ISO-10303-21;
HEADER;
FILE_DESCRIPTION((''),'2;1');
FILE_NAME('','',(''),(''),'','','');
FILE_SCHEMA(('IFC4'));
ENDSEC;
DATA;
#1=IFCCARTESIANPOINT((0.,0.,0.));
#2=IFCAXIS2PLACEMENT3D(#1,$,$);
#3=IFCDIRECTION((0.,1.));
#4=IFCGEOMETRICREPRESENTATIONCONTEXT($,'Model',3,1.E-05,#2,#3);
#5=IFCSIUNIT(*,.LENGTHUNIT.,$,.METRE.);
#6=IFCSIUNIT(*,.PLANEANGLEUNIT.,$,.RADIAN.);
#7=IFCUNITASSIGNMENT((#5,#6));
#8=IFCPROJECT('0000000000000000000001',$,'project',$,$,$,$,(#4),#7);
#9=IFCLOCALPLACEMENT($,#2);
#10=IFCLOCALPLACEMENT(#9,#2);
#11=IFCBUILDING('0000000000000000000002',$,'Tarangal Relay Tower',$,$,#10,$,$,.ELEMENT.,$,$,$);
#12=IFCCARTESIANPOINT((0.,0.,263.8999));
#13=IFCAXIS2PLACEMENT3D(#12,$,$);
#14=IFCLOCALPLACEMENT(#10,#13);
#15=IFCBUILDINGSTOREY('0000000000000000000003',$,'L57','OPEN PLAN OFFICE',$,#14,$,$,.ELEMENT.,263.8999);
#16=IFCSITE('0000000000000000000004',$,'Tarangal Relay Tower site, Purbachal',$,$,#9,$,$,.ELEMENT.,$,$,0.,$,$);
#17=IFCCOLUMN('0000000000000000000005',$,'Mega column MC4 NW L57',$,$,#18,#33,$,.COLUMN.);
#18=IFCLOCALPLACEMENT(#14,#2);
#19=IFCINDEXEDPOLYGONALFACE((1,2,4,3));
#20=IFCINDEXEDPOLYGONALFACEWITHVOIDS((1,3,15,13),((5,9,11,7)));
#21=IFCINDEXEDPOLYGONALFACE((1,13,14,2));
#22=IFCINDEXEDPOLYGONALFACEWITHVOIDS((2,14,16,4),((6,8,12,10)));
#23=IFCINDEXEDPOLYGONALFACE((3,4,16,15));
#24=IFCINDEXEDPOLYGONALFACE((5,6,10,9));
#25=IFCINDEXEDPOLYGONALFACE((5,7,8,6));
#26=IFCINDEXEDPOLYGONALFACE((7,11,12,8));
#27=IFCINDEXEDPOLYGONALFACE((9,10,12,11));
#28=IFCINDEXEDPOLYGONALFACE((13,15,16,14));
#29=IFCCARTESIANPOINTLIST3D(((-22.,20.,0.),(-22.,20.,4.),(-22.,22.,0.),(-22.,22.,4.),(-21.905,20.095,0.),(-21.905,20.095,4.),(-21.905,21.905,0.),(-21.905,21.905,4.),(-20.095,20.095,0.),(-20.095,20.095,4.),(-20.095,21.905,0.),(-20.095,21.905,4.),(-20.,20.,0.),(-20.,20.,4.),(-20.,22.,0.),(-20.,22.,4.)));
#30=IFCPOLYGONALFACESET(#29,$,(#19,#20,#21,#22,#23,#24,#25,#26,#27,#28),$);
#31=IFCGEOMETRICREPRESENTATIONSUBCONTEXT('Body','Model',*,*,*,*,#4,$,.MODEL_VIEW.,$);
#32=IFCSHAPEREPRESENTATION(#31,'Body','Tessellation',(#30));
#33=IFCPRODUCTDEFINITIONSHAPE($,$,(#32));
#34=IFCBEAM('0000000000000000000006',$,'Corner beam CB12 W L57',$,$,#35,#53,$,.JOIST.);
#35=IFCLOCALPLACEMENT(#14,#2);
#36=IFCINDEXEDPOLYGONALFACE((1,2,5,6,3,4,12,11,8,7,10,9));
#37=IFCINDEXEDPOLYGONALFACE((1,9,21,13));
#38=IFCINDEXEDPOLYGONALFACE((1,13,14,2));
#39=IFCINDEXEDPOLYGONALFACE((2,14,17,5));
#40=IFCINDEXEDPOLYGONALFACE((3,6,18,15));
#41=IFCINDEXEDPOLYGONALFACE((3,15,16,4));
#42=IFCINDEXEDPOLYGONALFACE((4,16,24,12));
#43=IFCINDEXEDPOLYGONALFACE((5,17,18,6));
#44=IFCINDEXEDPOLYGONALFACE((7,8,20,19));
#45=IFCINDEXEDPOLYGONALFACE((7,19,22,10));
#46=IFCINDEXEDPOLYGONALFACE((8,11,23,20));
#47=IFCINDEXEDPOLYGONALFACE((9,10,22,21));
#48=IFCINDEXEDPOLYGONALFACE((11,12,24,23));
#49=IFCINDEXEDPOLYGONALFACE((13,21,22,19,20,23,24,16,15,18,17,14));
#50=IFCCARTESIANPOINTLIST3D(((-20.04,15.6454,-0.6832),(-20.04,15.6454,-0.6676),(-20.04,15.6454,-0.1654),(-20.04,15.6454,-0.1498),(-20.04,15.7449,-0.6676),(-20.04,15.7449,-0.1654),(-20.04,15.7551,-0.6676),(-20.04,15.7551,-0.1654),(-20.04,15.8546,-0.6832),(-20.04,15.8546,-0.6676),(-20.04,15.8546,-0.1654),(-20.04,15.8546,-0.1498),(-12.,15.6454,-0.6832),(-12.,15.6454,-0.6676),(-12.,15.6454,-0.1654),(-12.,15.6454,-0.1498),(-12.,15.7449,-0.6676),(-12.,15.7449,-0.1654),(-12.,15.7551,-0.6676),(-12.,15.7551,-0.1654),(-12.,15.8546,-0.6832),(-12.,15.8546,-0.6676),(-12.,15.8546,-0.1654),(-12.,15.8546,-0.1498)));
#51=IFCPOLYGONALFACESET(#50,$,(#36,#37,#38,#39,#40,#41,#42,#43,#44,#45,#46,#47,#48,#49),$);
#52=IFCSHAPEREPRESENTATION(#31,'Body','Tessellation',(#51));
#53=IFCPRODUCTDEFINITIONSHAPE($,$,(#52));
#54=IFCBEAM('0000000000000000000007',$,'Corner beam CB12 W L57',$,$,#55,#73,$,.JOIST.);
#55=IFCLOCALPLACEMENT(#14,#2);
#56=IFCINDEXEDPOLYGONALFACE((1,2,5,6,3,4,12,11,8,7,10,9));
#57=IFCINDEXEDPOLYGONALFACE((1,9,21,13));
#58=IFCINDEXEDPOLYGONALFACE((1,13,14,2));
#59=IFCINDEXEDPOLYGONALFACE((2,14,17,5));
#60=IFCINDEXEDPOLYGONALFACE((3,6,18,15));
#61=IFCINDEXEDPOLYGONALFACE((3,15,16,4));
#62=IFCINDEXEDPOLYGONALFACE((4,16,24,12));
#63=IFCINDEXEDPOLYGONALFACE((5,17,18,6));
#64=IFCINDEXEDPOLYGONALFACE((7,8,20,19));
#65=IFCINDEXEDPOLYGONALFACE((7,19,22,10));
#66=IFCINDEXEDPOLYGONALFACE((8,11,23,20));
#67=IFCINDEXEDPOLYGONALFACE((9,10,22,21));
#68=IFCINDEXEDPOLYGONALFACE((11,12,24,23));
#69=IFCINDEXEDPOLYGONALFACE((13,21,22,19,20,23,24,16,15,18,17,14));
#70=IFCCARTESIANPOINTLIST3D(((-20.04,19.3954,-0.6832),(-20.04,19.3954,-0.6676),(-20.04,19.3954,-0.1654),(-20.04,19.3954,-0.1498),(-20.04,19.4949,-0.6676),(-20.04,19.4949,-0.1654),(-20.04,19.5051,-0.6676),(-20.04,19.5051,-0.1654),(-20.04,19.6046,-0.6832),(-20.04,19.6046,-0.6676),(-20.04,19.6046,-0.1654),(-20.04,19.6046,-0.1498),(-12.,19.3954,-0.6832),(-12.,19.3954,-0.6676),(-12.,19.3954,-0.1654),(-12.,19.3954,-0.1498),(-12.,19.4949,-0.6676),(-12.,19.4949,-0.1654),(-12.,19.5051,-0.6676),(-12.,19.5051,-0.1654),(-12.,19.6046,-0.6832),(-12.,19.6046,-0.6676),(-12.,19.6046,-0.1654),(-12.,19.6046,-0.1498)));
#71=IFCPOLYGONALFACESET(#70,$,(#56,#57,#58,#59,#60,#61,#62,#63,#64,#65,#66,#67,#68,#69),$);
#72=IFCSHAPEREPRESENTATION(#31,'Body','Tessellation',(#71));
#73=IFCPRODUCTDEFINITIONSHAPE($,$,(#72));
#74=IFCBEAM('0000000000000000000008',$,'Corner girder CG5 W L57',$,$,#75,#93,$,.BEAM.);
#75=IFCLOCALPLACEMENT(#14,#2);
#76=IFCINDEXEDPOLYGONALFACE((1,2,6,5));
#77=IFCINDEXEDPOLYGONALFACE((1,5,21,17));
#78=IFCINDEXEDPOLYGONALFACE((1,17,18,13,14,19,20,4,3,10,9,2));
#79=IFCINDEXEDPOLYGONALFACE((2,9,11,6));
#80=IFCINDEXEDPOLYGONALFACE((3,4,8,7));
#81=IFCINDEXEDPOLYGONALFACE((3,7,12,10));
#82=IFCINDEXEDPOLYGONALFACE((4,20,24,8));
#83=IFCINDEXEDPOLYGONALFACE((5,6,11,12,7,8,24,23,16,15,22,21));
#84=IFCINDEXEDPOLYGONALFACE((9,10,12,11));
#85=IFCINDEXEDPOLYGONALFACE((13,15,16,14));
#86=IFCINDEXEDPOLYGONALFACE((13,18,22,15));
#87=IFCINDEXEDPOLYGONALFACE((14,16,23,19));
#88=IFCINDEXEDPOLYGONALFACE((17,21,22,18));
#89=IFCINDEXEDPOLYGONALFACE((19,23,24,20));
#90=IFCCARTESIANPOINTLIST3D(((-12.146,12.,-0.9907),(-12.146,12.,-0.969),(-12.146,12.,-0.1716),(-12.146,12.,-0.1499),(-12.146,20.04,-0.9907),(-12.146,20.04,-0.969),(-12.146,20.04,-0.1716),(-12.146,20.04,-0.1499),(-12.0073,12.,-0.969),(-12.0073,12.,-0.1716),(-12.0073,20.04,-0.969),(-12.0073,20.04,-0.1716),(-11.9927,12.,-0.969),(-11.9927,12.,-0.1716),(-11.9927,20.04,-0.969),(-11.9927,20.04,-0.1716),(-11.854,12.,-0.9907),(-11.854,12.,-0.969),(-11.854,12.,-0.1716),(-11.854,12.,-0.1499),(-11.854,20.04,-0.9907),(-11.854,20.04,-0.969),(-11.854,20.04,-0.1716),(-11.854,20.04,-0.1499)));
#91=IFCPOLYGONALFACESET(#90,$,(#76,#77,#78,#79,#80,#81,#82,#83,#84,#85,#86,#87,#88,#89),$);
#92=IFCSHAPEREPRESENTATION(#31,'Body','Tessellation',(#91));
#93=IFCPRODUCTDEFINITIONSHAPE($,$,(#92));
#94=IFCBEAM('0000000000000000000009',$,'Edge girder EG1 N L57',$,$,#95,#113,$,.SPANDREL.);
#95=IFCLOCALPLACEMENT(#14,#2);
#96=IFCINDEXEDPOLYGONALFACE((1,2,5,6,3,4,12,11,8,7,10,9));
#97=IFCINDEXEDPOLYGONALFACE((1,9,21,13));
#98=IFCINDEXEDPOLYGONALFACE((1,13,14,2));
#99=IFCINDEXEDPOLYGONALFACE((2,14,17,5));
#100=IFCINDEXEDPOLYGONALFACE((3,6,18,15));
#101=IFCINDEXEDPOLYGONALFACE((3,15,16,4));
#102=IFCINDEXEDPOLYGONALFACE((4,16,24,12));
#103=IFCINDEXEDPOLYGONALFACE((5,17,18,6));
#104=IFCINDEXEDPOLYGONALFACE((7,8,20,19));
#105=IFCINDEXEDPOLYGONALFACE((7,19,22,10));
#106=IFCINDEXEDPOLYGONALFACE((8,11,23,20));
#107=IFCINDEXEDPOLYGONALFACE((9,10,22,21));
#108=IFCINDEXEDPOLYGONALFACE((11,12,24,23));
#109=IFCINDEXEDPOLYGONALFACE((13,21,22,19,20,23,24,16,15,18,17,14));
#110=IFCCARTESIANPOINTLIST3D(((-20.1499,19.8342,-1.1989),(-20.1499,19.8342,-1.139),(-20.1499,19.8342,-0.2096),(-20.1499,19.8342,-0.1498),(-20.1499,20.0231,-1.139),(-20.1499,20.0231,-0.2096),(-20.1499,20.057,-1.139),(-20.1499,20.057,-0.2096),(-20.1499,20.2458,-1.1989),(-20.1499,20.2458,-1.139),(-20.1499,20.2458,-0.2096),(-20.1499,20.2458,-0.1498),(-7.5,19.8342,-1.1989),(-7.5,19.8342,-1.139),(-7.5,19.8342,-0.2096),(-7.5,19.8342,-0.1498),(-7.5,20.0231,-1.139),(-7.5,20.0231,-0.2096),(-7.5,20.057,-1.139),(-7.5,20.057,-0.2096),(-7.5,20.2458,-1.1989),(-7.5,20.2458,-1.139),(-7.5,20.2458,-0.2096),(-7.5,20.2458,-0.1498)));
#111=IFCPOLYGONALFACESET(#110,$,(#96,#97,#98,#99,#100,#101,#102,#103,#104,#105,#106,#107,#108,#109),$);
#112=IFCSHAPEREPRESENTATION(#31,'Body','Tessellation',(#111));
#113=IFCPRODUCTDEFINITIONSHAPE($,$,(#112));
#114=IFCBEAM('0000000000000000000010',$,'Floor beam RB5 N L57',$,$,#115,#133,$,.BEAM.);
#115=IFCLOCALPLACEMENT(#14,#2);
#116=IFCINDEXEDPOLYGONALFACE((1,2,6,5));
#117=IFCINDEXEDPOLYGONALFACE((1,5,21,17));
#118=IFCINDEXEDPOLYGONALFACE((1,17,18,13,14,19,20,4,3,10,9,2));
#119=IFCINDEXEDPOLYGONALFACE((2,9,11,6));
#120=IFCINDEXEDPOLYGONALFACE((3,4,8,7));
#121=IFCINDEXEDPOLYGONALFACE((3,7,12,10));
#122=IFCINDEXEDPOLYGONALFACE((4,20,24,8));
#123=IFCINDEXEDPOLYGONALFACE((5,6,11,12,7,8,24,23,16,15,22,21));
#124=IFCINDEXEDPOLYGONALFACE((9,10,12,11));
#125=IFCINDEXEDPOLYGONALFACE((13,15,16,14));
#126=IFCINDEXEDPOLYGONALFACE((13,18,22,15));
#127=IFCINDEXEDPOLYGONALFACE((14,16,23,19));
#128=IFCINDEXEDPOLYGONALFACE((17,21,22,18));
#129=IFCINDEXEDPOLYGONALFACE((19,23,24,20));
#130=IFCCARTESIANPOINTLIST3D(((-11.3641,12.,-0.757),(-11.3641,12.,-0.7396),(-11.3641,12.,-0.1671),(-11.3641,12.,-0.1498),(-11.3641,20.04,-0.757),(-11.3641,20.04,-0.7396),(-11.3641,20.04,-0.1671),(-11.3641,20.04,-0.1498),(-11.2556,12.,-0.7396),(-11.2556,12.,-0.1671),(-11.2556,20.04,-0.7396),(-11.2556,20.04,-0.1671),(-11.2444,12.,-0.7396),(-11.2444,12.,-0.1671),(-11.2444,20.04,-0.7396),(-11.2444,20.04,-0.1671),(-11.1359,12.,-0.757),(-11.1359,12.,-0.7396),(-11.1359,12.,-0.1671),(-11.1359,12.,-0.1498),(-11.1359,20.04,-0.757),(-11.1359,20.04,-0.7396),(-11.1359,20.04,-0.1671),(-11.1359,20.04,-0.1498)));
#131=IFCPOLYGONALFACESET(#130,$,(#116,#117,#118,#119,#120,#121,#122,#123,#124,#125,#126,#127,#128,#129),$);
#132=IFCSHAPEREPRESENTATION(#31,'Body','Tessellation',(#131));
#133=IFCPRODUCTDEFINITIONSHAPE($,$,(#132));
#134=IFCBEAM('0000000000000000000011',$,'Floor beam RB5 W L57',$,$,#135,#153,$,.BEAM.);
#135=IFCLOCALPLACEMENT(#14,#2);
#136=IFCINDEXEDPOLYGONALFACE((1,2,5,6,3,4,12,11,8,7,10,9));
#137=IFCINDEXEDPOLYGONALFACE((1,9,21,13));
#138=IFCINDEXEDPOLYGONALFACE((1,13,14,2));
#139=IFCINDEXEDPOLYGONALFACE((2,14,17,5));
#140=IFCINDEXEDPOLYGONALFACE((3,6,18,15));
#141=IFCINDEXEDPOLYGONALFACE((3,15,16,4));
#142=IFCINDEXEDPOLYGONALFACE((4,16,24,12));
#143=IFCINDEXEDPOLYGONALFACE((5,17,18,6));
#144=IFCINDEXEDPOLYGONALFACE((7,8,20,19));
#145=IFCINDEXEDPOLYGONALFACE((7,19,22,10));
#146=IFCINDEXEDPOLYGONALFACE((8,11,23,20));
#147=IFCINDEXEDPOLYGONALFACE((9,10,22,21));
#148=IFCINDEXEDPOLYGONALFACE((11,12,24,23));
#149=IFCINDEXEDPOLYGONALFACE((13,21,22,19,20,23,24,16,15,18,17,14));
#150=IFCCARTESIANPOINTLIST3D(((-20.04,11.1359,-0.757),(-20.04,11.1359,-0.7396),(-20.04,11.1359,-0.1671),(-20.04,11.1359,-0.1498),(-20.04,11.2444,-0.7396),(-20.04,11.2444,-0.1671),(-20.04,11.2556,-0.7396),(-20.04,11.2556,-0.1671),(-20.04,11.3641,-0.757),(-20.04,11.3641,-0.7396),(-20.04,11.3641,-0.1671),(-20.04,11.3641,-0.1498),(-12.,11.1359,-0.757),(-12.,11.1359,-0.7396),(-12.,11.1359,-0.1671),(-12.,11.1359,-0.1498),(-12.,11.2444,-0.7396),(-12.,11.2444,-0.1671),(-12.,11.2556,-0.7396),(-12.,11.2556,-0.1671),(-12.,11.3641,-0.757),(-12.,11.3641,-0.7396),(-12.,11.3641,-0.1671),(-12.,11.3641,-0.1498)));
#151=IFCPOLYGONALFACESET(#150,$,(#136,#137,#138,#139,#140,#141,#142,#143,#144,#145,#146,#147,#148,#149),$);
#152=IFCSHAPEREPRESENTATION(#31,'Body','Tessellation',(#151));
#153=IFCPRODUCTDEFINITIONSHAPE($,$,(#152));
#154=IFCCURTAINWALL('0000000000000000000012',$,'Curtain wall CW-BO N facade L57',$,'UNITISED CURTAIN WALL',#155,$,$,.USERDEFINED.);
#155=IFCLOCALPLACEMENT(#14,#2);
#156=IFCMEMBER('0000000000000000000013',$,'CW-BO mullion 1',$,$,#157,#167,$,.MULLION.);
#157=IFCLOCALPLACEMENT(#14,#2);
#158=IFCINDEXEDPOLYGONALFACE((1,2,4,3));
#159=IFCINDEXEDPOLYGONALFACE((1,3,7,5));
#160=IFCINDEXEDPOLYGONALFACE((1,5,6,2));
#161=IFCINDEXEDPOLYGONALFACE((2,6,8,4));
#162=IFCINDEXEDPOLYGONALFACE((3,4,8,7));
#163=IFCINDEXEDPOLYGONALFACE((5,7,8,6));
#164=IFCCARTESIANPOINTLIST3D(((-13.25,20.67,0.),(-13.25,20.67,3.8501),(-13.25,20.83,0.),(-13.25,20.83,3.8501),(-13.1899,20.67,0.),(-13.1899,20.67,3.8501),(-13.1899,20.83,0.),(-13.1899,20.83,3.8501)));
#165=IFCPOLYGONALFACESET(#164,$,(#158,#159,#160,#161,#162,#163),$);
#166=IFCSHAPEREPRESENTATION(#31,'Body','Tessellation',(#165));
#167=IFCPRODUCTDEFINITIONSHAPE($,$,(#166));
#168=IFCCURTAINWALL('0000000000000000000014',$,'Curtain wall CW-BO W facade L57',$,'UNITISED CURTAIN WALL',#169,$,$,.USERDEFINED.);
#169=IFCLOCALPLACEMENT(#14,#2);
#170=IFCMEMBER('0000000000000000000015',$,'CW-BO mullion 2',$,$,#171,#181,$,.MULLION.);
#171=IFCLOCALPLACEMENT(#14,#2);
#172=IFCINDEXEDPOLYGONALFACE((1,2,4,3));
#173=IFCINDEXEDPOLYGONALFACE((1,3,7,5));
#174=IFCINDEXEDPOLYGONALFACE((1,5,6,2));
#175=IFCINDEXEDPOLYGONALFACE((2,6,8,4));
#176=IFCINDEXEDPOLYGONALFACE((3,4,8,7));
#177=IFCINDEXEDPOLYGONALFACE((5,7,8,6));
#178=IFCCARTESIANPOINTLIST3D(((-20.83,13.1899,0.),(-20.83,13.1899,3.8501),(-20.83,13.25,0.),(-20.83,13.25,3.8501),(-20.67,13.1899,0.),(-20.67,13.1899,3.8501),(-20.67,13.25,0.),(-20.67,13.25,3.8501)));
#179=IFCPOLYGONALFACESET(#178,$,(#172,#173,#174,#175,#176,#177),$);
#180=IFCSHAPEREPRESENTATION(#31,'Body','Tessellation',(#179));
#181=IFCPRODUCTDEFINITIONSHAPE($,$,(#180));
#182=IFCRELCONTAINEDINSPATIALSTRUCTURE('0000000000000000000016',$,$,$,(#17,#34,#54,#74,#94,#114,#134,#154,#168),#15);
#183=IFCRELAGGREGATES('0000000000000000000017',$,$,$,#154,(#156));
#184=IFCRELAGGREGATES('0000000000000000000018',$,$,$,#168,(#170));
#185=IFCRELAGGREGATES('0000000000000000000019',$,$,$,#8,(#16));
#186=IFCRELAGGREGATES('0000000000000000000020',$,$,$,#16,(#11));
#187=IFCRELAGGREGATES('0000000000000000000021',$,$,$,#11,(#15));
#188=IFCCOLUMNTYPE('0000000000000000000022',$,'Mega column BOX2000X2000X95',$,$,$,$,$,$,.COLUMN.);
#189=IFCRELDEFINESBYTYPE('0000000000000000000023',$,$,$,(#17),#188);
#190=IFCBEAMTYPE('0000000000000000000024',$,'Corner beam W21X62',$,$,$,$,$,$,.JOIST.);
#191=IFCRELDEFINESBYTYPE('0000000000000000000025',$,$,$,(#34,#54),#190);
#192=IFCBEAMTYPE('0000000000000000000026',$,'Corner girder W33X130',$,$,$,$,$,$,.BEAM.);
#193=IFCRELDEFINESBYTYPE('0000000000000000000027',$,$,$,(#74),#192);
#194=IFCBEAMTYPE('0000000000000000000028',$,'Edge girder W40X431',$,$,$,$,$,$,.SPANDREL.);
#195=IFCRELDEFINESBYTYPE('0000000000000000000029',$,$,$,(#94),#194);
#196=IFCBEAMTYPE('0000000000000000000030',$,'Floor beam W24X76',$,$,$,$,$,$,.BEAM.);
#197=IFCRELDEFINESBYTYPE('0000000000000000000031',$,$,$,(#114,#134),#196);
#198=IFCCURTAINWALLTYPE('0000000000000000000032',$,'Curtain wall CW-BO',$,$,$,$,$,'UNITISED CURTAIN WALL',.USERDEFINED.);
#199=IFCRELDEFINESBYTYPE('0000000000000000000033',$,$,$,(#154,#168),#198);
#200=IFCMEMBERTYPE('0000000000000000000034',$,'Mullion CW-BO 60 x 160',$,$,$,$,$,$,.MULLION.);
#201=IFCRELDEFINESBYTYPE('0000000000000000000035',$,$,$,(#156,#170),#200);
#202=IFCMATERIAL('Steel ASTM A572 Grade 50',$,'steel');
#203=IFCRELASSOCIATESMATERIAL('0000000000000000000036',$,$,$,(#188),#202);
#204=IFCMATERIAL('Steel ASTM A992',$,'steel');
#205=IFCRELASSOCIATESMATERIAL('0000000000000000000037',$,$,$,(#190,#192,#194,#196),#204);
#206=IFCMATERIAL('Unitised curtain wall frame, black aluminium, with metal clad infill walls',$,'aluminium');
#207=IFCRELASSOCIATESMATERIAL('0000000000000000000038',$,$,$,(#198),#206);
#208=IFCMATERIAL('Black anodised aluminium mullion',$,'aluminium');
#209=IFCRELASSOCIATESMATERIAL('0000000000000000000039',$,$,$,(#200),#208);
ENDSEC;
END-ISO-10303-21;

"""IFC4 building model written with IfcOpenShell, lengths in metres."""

from ifc_helpers import new_model, si_unit, direction, frame, origin, origin_2d, place, context, subcontext, project, spatial, rectangle, hollow_rectangle, i_section, extrude, material, material_profile, profile_set, type_object, element, aggregate, save


model = new_model("IFC4")

# Units and contexts
model_context = context("Model", 3, precision=1e-05, world=origin(), true_north=direction((0.0, 1.0)))
body_context = subcontext(model_context, "Body", "Model", "MODEL_VIEW")
ifc_project = project(units=[si_unit("LENGTHUNIT", "METRE"), si_unit("PLANEANGLEUNIT", "RADIAN")], contexts=[model_context])

# Site, building, storey
site_placement = place(None, origin())
site = spatial("IfcSite", under=ifc_project, at=site_placement, Name="Tarangal Relay Tower site, Purbachal", CompositionType="ELEMENT", RefElevation=0.0)
building_placement = place(site_placement, origin())
building = spatial("IfcBuilding", under=site, at=building_placement, Name="Tarangal Relay Tower", CompositionType="ELEMENT")
storey_placement = place(building_placement, frame((0.0, 0.0, 263.8999)))
storey = spatial("IfcBuildingStorey", under=building, at=storey_placement, Name="L57", Description="OPEN PLAN OFFICE", CompositionType="ELEMENT", Elevation=263.8999)

# Column
ifc_material_1 = material(Name="Steel ASTM A572 Grade 50", Category="steel")
ifc_material_profile_1 = material_profile(ifc_material_1, hollow_rectangle(XDim=2.0, YDim=2.0, WallThickness=0.095, at=origin_2d()), Name="BOX2000X2000X95")
ifc_profile_set_1 = profile_set([ifc_material_profile_1], Name="Steel ASTM A572 Grade 50")
column_type = type_object("IfcColumnType", Name="Mega column BOX2000X2000X95", PredefinedType="COLUMN", material=ifc_profile_set_1)
column_placement = place(storey_placement, frame((-21.0, 21.0, 0.0), z_axis=(0.0, 0.0, 1.0), x_axis=(1.0, 0.0, 0.0)))
element("IfcColumn", 1, at=column_placement, inside=storey, type_object=column_type, Name="Mega column MC4 NW L57", PredefinedType="COLUMN", context=body_context, shape_type="SweptSolid", body=[
    extrude(hollow_rectangle(XDim=2.0, YDim=2.0, WallThickness=0.095, at=origin_2d()), origin(), (0.0, 0.0, 1.0), 4.0),
])

# Beams
ifc_material_2 = material(Name="Steel ASTM A992", Category="steel")
ifc_material_profile_2 = material_profile(ifc_material_2, i_section(OverallWidth=0.2092, OverallDepth=0.5334, WebThickness=0.0103, FlangeThickness=0.0156, at=origin_2d()), Name="W21X62")
ifc_profile_set_2 = profile_set([ifc_material_profile_2], Name="Steel ASTM A992")
beam_type_1 = type_object("IfcBeamType", Name="Corner beam W21X62", PredefinedType="JOIST", material=ifc_profile_set_2)
for number, where, z_axis, x_axis, name in (
    (2, (-12.0, 15.75, -0.4165), (-1.0, 0.0, 0.0), (0.0, -1.0, 0.0), "Corner beam CB12 W L57"),
    (3, (-12.0, 19.5, -0.4165), (-1.0, 0.0, 0.0), (0.0, -1.0, 0.0), "Corner beam CB12 W L57"),
):
    element("IfcBeam", number, at=place(storey_placement, frame(where, z_axis=z_axis, x_axis=x_axis)), inside=storey, type_object=beam_type_1, Name=name, PredefinedType="JOIST", context=body_context, shape_type="SweptSolid", body=[
        extrude(i_section(OverallWidth=0.2092, OverallDepth=0.5334, WebThickness=0.0103, FlangeThickness=0.0156, at=origin_2d()), origin(), (0.0, 0.0, 1.0), 8.04),
    ])
ifc_material_profile_3 = material_profile(ifc_material_2, i_section(OverallWidth=0.292, OverallDepth=0.8408, WebThickness=0.0146, FlangeThickness=0.0217, at=origin_2d()), Name="W33X130")
ifc_profile_set_3 = profile_set([ifc_material_profile_3], Name="Steel ASTM A992")
beam_type_2 = type_object("IfcBeamType", Name="Corner girder W33X130", PredefinedType="BEAM", material=ifc_profile_set_3)
beam_1_placement = place(storey_placement, frame((-12.0, 12.0, -0.5703), z_axis=(0.0, 1.0, 0.0), x_axis=(-1.0, 0.0, 0.0)))
element("IfcBeam", 4, at=beam_1_placement, inside=storey, type_object=beam_type_2, Name="Corner girder CG5 W L57", PredefinedType="BEAM", context=body_context, shape_type="SweptSolid", body=[
    extrude(i_section(OverallWidth=0.292, OverallDepth=0.8408, WebThickness=0.0146, FlangeThickness=0.0217, at=origin_2d()), origin(), (0.0, 0.0, 1.0), 8.04),
])
ifc_material_profile_4 = material_profile(ifc_material_2, i_section(OverallWidth=0.4116, OverallDepth=1.0491, WebThickness=0.0339, FlangeThickness=0.0598, at=origin_2d()), Name="W40X431")
ifc_profile_set_4 = profile_set([ifc_material_profile_4], Name="Steel ASTM A992")
beam_type_3 = type_object("IfcBeamType", Name="Edge girder W40X431", PredefinedType="SPANDREL", material=ifc_profile_set_4)
beam_2_placement = place(storey_placement, frame((-20.1499, 20.04, -0.6743), z_axis=(1.0, 0.0, 0.0), x_axis=(0.0, 1.0, 0.0)))
element("IfcBeam", 5, at=beam_2_placement, inside=storey, type_object=beam_type_3, Name="Edge girder EG1 N L57", PredefinedType="SPANDREL", context=body_context, shape_type="SweptSolid", body=[
    extrude(i_section(OverallWidth=0.4116, OverallDepth=1.0491, WebThickness=0.0339, FlangeThickness=0.0598, at=origin_2d()), origin(), (0.0, 0.0, 1.0), 12.6499),
])
ifc_material_profile_5 = material_profile(ifc_material_2, i_section(OverallWidth=0.2283, OverallDepth=0.6072, WebThickness=0.0112, FlangeThickness=0.0173, at=origin_2d()), Name="W24X76")
ifc_profile_set_5 = profile_set([ifc_material_profile_5], Name="Steel ASTM A992")
beam_type_4 = type_object("IfcBeamType", Name="Floor beam W24X76", PredefinedType="BEAM", material=ifc_profile_set_5)
for number, where, z_axis, x_axis, name in (
    (6, (-11.25, 12.0, -0.4534), (0.0, 1.0, 0.0), (-1.0, 0.0, 0.0), "Floor beam RB5 N L57"),
    (7, (-12.0, 11.25, -0.4534), (-1.0, 0.0, 0.0), (0.0, -1.0, 0.0), "Floor beam RB5 W L57"),
):
    element("IfcBeam", number, at=place(storey_placement, frame(where, z_axis=z_axis, x_axis=x_axis)), inside=storey, type_object=beam_type_4, Name=name, PredefinedType="BEAM", context=body_context, shape_type="SweptSolid", body=[
        extrude(i_section(OverallWidth=0.2283, OverallDepth=0.6072, WebThickness=0.0112, FlangeThickness=0.0173, at=origin_2d()), origin(), (0.0, 0.0, 1.0), 8.04),
    ])

# Curtain walls, members
ifc_material_3 = material(Name="Unitised curtain wall frame, black aluminium, with metal clad infill walls", Category="aluminium")
curtain_wall_type = type_object("IfcCurtainWallType", Name="Curtain wall CW-BO", ElementType="UNITISED CURTAIN WALL", PredefinedType="USERDEFINED", material=ifc_material_3)
curtain_wall_1_placement = place(storey_placement, origin())
curtain_wall_1 = element("IfcCurtainWall", 8, at=curtain_wall_1_placement, inside=storey, type_object=curtain_wall_type, Name="Curtain wall CW-BO N facade L57", ObjectType="UNITISED CURTAIN WALL", PredefinedType="USERDEFINED")
ifc_material_4 = material(Name="Black anodised aluminium mullion", Category="aluminium")
ifc_material_profile_6 = material_profile(ifc_material_4, rectangle(XDim=0.1599, YDim=0.0601, at=origin_2d()), Name="CW-BOM 60X160")
ifc_profile_set_6 = profile_set([ifc_material_profile_6], Name="Black anodised aluminium mullion")
member_type_1 = type_object("IfcMemberType", Name="Mullion CW-BO 60 x 160", PredefinedType="MULLION", material=ifc_profile_set_6)
member_1_placement = place(storey_placement, frame((-13.22, 20.75, 0.0), z_axis=(0.0, 0.0, 1.0), x_axis=(0.0, 1.0, 0.0)))
member_1 = element("IfcMember", 9, at=member_1_placement, type_object=member_type_1, Name="CW-BO mullion 1", PredefinedType="MULLION", context=body_context, shape_type="SweptSolid", body=[
    extrude(rectangle(XDim=0.1599, YDim=0.0601, at=origin_2d()), origin(), (0.0, 0.0, 1.0), 3.8501),
])
curtain_wall_2_placement = place(storey_placement, origin())
curtain_wall_2 = element("IfcCurtainWall", 10, at=curtain_wall_2_placement, inside=storey, type_object=curtain_wall_type, Name="Curtain wall CW-BO W facade L57", ObjectType="UNITISED CURTAIN WALL", PredefinedType="USERDEFINED")
member_2_placement = place(storey_placement, frame((-20.75, 13.22, 0.0), z_axis=(0.0, 0.0, 1.0), x_axis=(-1.0, 0.0, 0.0)))
member_2 = element("IfcMember", 11, at=member_2_placement, type_object=member_type_1, Name="CW-BO mullion 2", PredefinedType="MULLION", context=body_context, shape_type="SweptSolid", body=[
    extrude(rectangle(XDim=0.1599, YDim=0.0601, at=origin_2d()), origin(), (0.0, 0.0, 1.0), 3.8501),
])

aggregate(curtain_wall_1, [member_1])
aggregate(curtain_wall_2, [member_2])

save(model, "model.ifc")
